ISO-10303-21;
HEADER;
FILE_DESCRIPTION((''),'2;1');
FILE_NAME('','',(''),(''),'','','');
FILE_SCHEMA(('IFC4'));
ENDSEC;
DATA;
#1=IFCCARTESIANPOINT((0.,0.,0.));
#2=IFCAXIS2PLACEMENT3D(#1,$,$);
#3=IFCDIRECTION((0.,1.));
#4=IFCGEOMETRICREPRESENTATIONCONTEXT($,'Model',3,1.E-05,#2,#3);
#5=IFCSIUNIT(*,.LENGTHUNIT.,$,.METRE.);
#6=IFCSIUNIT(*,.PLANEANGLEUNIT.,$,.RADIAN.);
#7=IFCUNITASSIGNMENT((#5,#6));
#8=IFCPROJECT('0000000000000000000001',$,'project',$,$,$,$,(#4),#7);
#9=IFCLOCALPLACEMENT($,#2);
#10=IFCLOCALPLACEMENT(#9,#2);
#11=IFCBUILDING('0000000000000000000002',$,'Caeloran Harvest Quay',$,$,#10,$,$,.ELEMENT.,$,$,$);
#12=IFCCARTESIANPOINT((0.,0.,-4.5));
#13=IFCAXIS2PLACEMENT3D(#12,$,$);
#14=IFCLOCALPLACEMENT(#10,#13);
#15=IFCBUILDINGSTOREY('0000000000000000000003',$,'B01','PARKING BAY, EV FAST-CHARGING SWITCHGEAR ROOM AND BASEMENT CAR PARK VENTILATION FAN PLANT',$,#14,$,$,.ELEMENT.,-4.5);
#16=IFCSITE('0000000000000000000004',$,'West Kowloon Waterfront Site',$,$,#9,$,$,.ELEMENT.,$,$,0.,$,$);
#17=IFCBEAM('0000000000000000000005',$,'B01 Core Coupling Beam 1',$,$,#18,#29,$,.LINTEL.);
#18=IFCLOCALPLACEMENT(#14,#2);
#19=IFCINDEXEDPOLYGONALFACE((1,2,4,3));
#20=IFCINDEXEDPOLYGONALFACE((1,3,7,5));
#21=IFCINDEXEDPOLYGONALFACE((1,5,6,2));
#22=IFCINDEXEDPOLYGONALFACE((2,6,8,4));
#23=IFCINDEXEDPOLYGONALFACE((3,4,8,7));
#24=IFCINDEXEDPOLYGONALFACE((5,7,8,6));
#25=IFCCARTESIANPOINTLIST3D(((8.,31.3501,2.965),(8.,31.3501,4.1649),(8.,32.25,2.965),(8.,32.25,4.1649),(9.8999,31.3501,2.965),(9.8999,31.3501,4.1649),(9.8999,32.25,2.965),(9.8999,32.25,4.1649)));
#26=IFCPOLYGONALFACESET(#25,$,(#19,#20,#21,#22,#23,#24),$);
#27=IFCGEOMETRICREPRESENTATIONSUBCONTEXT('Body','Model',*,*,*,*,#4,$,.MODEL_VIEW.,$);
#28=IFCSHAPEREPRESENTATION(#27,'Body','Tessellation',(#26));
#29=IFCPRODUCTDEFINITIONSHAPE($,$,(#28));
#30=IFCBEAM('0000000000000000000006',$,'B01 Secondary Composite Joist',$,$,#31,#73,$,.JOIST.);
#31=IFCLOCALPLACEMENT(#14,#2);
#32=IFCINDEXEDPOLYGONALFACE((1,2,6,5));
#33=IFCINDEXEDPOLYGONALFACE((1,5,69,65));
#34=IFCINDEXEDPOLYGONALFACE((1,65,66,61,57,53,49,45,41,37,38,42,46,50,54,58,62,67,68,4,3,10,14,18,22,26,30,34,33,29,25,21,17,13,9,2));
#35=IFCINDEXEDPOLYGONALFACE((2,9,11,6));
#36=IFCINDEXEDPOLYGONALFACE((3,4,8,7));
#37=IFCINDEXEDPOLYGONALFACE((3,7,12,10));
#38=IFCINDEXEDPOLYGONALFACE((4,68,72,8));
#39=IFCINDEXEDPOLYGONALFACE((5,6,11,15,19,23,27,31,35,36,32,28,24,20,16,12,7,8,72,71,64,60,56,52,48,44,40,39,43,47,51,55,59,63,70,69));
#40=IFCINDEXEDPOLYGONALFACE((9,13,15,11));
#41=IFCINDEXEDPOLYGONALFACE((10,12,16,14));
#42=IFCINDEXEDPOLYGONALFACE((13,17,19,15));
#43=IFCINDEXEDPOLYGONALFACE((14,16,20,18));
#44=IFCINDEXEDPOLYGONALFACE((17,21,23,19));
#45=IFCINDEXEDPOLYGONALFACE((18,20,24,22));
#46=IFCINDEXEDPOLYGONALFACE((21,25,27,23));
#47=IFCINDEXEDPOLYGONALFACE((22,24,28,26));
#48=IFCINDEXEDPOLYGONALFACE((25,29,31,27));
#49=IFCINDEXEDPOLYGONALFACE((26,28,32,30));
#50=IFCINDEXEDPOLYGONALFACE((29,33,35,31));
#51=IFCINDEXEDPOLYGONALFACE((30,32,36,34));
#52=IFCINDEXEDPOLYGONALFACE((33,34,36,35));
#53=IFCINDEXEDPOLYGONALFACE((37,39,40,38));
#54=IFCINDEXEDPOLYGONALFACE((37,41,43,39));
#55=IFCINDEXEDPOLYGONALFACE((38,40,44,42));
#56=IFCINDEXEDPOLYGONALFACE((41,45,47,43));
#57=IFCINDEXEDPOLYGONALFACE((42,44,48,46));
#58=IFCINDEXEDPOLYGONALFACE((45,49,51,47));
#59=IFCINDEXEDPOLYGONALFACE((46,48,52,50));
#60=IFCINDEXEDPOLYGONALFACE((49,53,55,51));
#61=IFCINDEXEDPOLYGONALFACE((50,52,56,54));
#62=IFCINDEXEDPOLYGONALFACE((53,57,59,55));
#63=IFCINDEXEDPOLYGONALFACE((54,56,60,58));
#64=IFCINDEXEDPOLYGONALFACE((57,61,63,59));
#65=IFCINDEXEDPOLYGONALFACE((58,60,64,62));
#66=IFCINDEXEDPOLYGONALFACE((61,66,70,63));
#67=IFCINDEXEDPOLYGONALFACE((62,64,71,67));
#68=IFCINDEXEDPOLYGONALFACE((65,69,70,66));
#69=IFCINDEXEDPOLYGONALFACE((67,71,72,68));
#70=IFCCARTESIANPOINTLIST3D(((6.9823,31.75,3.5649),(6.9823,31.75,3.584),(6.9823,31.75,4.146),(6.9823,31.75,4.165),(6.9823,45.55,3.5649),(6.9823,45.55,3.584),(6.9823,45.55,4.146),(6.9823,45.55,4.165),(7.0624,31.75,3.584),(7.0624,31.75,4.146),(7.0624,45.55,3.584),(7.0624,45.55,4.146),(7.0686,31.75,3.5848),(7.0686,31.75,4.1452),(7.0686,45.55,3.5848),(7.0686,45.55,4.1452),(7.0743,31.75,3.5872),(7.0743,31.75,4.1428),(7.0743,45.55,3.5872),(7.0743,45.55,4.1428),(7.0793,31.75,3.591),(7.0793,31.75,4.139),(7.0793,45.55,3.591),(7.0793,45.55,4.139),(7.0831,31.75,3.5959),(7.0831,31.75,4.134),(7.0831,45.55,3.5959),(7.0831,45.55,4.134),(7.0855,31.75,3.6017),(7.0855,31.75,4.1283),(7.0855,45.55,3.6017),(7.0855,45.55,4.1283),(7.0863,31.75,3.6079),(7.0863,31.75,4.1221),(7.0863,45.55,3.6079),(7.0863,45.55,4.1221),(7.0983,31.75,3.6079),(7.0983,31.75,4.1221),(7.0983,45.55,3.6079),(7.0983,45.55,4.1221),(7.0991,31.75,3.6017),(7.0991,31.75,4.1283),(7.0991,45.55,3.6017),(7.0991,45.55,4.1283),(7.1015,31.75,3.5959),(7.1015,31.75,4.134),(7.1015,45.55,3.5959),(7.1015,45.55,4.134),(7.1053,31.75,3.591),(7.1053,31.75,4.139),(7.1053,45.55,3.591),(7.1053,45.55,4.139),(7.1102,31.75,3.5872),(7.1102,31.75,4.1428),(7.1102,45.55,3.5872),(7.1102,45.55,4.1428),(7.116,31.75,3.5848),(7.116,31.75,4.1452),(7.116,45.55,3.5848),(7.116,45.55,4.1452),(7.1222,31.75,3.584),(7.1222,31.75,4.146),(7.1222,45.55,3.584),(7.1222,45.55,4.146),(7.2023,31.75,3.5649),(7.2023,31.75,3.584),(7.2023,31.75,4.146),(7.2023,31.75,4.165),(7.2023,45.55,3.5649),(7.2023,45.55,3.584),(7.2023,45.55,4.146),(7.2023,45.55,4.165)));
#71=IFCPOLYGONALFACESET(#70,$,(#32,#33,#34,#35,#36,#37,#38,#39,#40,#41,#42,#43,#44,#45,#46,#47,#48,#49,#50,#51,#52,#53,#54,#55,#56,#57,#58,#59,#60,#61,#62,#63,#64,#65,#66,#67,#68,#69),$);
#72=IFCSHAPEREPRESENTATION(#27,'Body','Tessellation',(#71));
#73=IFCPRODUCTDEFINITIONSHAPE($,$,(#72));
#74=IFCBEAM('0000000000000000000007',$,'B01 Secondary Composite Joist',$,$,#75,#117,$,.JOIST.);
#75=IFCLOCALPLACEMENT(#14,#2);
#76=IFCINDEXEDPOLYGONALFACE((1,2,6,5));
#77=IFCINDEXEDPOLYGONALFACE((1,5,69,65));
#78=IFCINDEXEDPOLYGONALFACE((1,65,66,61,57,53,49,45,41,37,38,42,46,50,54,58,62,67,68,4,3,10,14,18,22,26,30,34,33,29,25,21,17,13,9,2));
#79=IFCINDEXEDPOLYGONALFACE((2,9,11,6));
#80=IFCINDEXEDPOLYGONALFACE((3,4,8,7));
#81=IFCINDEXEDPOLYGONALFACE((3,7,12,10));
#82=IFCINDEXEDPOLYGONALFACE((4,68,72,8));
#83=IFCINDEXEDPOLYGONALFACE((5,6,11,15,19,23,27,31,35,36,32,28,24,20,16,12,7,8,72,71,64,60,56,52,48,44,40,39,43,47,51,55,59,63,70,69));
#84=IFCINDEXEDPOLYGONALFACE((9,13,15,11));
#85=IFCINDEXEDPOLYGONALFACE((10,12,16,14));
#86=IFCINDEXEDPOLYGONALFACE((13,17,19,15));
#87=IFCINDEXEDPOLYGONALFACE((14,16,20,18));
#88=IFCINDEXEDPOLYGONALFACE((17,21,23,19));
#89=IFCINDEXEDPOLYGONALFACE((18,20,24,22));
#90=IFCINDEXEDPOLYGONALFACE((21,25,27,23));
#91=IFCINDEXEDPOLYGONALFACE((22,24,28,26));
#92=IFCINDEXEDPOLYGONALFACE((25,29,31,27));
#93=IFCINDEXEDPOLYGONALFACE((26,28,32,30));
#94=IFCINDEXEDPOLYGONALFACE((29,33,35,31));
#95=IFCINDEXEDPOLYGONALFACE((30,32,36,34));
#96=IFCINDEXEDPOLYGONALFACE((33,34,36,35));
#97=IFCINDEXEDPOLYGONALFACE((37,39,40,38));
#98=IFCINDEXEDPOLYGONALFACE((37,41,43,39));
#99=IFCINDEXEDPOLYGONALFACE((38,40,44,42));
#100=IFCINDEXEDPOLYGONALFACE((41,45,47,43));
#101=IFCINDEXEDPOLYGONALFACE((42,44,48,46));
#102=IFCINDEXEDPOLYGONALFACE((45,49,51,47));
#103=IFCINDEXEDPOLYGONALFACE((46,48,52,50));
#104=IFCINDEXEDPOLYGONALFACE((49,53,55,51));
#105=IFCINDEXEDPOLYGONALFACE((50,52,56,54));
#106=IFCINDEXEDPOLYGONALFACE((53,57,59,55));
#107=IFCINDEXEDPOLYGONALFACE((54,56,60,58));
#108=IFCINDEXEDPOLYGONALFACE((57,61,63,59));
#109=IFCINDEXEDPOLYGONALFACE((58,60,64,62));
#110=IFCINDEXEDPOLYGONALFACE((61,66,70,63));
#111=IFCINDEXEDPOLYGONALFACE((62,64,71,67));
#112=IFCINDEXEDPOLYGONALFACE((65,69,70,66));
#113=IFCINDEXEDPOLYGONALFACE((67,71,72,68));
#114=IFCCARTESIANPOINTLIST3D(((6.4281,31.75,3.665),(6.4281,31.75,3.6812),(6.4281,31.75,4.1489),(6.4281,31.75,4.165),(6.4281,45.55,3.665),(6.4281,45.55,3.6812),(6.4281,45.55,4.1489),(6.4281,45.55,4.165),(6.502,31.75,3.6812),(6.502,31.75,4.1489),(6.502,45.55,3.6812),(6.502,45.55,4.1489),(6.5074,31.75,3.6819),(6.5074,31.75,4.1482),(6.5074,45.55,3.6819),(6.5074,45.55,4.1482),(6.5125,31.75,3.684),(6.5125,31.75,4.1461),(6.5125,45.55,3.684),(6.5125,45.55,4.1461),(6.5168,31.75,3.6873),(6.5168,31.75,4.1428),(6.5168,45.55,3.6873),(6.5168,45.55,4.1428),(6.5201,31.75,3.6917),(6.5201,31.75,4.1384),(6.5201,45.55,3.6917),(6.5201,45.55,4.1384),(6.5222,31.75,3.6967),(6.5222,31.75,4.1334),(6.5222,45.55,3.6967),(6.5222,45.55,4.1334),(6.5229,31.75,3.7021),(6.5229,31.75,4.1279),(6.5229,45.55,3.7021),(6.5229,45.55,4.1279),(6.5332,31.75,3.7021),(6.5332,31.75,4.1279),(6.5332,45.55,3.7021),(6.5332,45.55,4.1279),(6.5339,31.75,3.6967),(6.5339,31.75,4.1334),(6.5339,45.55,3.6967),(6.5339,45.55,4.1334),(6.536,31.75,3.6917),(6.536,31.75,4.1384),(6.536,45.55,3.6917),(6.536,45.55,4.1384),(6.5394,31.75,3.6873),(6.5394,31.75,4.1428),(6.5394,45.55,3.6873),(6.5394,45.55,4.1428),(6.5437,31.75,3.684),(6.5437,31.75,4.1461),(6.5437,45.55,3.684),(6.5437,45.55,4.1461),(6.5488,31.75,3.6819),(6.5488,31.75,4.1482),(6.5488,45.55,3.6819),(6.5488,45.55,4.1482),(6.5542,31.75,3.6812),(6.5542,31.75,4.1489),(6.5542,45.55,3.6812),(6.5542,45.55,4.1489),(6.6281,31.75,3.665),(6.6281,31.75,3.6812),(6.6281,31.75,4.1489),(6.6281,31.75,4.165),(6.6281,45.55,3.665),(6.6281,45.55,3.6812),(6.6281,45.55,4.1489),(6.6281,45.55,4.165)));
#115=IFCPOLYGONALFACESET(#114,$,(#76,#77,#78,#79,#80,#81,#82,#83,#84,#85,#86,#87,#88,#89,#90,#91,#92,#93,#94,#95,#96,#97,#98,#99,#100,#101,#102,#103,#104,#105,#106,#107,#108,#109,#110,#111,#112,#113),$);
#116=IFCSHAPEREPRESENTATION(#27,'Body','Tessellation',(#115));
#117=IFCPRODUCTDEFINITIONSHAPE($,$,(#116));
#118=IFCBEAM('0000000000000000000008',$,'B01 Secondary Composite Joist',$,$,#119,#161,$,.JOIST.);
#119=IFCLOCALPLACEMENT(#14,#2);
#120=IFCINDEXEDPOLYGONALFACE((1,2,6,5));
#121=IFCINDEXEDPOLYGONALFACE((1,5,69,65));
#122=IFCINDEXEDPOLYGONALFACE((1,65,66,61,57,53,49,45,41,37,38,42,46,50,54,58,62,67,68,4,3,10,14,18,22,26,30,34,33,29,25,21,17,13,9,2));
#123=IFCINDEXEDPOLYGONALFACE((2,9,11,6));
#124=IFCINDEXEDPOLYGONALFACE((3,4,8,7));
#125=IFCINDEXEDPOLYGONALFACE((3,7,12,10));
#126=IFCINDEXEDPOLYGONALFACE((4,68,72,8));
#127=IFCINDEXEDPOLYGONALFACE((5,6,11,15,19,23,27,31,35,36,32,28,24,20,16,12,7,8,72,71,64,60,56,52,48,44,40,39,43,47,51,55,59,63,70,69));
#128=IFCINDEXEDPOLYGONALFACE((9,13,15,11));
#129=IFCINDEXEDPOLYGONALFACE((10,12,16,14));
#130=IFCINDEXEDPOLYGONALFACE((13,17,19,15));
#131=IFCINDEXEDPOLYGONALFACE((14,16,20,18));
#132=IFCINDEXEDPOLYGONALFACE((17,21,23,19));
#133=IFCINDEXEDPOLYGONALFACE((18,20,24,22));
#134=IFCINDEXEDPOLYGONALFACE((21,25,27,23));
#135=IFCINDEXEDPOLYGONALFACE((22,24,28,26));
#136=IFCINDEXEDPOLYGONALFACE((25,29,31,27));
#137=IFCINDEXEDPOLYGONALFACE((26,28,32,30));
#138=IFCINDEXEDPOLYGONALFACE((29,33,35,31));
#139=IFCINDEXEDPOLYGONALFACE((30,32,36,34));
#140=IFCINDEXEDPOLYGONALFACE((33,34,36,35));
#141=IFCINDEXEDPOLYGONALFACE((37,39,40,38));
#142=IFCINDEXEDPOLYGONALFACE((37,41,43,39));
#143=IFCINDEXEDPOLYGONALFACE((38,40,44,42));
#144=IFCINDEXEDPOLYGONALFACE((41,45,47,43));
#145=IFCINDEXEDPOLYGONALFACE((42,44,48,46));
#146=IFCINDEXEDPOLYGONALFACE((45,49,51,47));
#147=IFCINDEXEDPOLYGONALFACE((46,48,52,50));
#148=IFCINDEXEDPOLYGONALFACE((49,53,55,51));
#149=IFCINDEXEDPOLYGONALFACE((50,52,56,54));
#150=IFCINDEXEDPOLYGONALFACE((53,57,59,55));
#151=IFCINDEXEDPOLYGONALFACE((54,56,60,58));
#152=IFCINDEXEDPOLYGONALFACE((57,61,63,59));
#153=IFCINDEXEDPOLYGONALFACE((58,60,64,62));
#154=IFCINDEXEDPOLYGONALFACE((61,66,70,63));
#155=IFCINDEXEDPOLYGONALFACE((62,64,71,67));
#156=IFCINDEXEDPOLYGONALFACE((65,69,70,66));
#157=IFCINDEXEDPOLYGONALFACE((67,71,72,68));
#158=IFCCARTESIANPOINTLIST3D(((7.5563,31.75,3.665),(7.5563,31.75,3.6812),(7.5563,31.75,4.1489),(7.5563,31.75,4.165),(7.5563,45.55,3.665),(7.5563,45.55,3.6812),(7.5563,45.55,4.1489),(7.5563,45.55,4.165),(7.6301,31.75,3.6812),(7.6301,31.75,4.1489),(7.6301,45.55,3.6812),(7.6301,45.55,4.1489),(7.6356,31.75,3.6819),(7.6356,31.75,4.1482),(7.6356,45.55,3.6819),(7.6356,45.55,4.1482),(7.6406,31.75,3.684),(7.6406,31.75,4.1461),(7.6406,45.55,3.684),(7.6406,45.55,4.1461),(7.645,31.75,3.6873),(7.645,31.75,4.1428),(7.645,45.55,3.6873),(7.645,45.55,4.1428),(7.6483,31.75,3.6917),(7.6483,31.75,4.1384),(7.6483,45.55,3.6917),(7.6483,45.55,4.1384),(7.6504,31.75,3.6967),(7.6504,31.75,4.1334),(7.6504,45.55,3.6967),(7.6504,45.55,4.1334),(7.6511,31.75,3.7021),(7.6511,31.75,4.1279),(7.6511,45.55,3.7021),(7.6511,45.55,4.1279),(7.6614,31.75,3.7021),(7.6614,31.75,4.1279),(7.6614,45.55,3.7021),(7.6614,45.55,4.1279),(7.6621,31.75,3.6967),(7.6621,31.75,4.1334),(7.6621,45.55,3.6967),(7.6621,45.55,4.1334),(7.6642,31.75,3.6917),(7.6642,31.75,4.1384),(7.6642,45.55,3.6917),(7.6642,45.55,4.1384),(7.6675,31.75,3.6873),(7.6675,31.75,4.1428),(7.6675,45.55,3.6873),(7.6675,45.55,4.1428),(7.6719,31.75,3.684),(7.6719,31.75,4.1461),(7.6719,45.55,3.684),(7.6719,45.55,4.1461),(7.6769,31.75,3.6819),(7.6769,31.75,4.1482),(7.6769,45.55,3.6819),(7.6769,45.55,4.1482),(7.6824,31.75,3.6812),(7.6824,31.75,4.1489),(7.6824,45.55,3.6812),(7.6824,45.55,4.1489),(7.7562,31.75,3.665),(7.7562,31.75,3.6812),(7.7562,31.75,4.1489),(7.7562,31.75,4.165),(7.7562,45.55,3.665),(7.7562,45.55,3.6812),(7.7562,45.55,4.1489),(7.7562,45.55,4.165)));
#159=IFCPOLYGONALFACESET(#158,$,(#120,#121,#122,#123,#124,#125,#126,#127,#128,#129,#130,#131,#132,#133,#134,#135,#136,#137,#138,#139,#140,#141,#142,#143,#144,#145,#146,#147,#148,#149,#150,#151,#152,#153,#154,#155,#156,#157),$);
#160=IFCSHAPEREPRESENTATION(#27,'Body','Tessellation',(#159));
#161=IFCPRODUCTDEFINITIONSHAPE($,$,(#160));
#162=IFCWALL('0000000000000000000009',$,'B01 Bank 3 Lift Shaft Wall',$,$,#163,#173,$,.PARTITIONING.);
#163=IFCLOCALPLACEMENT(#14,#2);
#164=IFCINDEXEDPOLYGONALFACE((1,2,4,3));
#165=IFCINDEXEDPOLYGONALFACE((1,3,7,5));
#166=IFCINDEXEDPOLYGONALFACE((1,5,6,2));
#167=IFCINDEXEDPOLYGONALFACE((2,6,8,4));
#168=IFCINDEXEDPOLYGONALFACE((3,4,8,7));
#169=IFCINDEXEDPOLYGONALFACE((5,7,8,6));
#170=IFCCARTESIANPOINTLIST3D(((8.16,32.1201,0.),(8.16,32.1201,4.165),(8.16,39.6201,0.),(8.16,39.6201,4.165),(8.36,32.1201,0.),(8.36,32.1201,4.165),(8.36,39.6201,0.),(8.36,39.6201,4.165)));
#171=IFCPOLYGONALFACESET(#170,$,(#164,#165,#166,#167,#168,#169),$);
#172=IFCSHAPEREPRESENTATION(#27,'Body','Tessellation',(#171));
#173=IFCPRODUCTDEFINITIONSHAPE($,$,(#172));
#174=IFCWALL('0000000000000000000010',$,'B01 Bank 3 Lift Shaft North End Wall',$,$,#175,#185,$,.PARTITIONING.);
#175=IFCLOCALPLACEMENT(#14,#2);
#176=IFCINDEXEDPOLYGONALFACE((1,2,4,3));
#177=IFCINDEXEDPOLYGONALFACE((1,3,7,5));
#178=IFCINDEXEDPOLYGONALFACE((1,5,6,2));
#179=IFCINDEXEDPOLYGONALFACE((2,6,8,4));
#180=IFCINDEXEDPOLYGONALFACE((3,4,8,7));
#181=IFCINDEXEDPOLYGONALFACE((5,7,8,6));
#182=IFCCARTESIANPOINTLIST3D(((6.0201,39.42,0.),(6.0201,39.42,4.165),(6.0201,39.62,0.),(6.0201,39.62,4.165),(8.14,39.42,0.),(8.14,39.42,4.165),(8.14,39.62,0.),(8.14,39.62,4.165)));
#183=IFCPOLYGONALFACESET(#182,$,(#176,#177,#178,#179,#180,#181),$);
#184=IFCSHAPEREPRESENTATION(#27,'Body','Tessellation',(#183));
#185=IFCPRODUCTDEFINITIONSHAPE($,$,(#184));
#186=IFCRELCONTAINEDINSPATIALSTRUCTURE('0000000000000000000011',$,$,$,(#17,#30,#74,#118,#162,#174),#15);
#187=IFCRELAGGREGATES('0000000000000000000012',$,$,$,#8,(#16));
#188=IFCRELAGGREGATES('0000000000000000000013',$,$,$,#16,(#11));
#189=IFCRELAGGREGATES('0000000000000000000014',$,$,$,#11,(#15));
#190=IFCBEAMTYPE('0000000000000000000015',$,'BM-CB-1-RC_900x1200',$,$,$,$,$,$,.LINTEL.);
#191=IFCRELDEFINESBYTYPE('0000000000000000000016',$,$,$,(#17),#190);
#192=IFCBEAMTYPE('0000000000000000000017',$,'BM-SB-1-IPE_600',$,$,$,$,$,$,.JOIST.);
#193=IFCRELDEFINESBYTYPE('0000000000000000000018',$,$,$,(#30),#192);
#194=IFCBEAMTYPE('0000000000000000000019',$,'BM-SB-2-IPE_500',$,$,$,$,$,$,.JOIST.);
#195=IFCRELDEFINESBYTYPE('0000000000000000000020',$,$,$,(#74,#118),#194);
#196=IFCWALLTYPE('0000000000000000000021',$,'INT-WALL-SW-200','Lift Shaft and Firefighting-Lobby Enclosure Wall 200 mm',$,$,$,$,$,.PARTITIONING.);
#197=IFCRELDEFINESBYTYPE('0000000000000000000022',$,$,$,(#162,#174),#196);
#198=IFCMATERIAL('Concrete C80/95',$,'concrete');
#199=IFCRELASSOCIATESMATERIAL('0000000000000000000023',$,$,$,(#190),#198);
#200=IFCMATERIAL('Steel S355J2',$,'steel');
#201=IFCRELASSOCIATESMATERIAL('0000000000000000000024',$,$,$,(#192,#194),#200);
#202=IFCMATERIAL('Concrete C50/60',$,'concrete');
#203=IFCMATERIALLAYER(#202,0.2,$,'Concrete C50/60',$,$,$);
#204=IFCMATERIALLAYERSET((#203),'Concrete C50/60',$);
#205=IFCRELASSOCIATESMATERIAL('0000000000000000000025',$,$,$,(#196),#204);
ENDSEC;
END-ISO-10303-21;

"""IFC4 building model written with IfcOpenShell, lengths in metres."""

from ifc_helpers import new_model, si_unit, direction, frame, frame_2d, origin, origin_2d, place, context, subcontext, project, spatial, rectangle, i_section, extrude, material, layer, layer_set, material_profile, profile_set, type_object, element, save


model = new_model("IFC4")

# Units and contexts
model_context = context("Model", 3, precision=1e-05, world=origin(), true_north=direction((0.0, 1.0)))
body_context = subcontext(model_context, "Body", "Model", "MODEL_VIEW")
ifc_project = project(units=[si_unit("LENGTHUNIT", "METRE"), si_unit("PLANEANGLEUNIT", "RADIAN")], contexts=[model_context])

# Site, building, storey
site_placement = place(None, origin())
site = spatial("IfcSite", under=ifc_project, at=site_placement, Name="West Kowloon Waterfront Site", CompositionType="ELEMENT", RefElevation=0.0)
building_placement = place(site_placement, origin())
building = spatial("IfcBuilding", under=site, at=building_placement, Name="Caeloran Harvest Quay", CompositionType="ELEMENT")
storey_placement = place(building_placement, frame((0.0, 0.0, -4.5)))
storey = spatial("IfcBuildingStorey", under=building, at=storey_placement, Name="B01", Description="PARKING BAY, EV FAST-CHARGING SWITCHGEAR ROOM AND BASEMENT CAR PARK VENTILATION FAN PLANT", CompositionType="ELEMENT", Elevation=-4.5)

# Beams
ifc_material_1 = material(Name="Concrete C80/95", Category="concrete")
ifc_material_profile_1 = material_profile(ifc_material_1, rectangle(XDim=0.8999, YDim=1.2, at=origin_2d()), Name="RC 900x1200")
ifc_profile_set_1 = profile_set([ifc_material_profile_1], Name="Concrete C80/95")
beam_type_1 = type_object("IfcBeamType", Name="BM-CB-1-RC_900x1200", PredefinedType="LINTEL", material=ifc_profile_set_1)
beam_1_placement = place(storey_placement, frame((8.0, 31.8, 3.5649), z_axis=(1.0, 0.0, 0.0), x_axis=(0.0, 1.0, 0.0)))
element("IfcBeam", 1, at=beam_1_placement, inside=storey, type_object=beam_type_1, Name="B01 Core Coupling Beam 1", PredefinedType="LINTEL", context=body_context, shape_type="SweptSolid", body=[
    extrude(rectangle(XDim=0.8999, YDim=1.2, at=origin_2d()), origin(), (0.0, 0.0, 1.0), 1.8999),
])
ifc_material_2 = material(Name="Steel S355J2", Category="steel")
ifc_material_profile_2 = material_profile(ifc_material_2, i_section(OverallWidth=0.22, OverallDepth=0.6001, WebThickness=0.012, FlangeThickness=0.019, FilletRadius=0.0239, at=origin_2d()), Name="IPE 600")
ifc_profile_set_2 = profile_set([ifc_material_profile_2], Name="Steel S355J2")
beam_type_2 = type_object("IfcBeamType", Name="BM-SB-1-IPE_600", PredefinedType="JOIST", material=ifc_profile_set_2)
beam_2_placement = place(storey_placement, frame((7.0923, 31.75, 3.865), z_axis=(0.0, 1.0, 0.0), x_axis=(-1.0, 0.0, 0.0)))
element("IfcBeam", 2, at=beam_2_placement, inside=storey, type_object=beam_type_2, Name="B01 Secondary Composite Joist", PredefinedType="JOIST", context=body_context, shape_type="SweptSolid", body=[
    extrude(i_section(OverallWidth=0.22, OverallDepth=0.6001, WebThickness=0.012, FlangeThickness=0.019, FilletRadius=0.0239, at=origin_2d()), origin(), (0.0, 0.0, 1.0), 13.8),
])
ifc_material_profile_3 = material_profile(ifc_material_2, i_section(OverallWidth=0.2, OverallDepth=0.5, WebThickness=0.0103, FlangeThickness=0.0161, FilletRadius=0.021, at=origin_2d()), Name="IPE 500")
ifc_profile_set_3 = profile_set([ifc_material_profile_3], Name="Steel S355J2")
beam_type_3 = type_object("IfcBeamType", Name="BM-SB-2-IPE_500", PredefinedType="JOIST", material=ifc_profile_set_3)
for number, where, z_axis, x_axis, name in (
    (3, (6.5281, 31.75, 3.915), (0.0, 1.0, 0.0), (-1.0, 0.0, 0.0), "B01 Secondary Composite Joist"),
    (4, (7.6562, 31.75, 3.915), (0.0, 1.0, 0.0), (-1.0, 0.0, 0.0), "B01 Secondary Composite Joist"),
):
    element("IfcBeam", number, at=place(storey_placement, frame(where, z_axis=z_axis, x_axis=x_axis)), inside=storey, type_object=beam_type_3, Name=name, PredefinedType="JOIST", context=body_context, shape_type="SweptSolid", body=[
        extrude(i_section(OverallWidth=0.2, OverallDepth=0.5, WebThickness=0.0103, FlangeThickness=0.0161, FilletRadius=0.021, at=origin_2d()), origin(), (0.0, 0.0, 1.0), 13.8),
    ])

# Walls
ifc_material_3 = material(Name="Concrete C50/60", Category="concrete")
ifc_layer_1 = layer(ifc_material_3, 0.2, Name="Concrete C50/60")
ifc_layer_set_1 = layer_set([ifc_layer_1], Name="Concrete C50/60")
wall_type_1 = type_object("IfcWallType", Name="INT-WALL-SW-200", Description="Lift Shaft and Firefighting-Lobby Enclosure Wall 200 mm", PredefinedType="PARTITIONING", material=ifc_layer_set_1)
wall_1_placement = place(storey_placement, frame((8.26, 32.1201, 0.0), z_axis=(0.0, 0.0, 1.0), x_axis=(0.0, 1.0, 0.0)))
element("IfcWall", 5, at=wall_1_placement, inside=storey, type_object=wall_type_1, Name="B01 Bank 3 Lift Shaft Wall", PredefinedType="PARTITIONING", context=body_context, shape_type="SweptSolid", body=[
    extrude(rectangle(XDim=7.5, YDim=0.2, at=frame_2d((3.75, 0.0))), origin(), (0.0, 0.0, 1.0), 4.165),
])
wall_2_placement = place(storey_placement, frame((6.02, 39.52, 0.0), z_axis=(0.0, 0.0, 1.0), x_axis=(1.0, 0.0, 0.0)))
element("IfcWall", 6, at=wall_2_placement, inside=storey, type_object=wall_type_1, Name="B01 Bank 3 Lift Shaft North End Wall", PredefinedType="PARTITIONING", context=body_context, shape_type="SweptSolid", body=[
    extrude(rectangle(XDim=2.1199, YDim=0.2, at=frame_2d((1.0601, 0.0))), origin(), (0.0, 0.0, 1.0), 4.165),
])

save(model, "model.ifc")
